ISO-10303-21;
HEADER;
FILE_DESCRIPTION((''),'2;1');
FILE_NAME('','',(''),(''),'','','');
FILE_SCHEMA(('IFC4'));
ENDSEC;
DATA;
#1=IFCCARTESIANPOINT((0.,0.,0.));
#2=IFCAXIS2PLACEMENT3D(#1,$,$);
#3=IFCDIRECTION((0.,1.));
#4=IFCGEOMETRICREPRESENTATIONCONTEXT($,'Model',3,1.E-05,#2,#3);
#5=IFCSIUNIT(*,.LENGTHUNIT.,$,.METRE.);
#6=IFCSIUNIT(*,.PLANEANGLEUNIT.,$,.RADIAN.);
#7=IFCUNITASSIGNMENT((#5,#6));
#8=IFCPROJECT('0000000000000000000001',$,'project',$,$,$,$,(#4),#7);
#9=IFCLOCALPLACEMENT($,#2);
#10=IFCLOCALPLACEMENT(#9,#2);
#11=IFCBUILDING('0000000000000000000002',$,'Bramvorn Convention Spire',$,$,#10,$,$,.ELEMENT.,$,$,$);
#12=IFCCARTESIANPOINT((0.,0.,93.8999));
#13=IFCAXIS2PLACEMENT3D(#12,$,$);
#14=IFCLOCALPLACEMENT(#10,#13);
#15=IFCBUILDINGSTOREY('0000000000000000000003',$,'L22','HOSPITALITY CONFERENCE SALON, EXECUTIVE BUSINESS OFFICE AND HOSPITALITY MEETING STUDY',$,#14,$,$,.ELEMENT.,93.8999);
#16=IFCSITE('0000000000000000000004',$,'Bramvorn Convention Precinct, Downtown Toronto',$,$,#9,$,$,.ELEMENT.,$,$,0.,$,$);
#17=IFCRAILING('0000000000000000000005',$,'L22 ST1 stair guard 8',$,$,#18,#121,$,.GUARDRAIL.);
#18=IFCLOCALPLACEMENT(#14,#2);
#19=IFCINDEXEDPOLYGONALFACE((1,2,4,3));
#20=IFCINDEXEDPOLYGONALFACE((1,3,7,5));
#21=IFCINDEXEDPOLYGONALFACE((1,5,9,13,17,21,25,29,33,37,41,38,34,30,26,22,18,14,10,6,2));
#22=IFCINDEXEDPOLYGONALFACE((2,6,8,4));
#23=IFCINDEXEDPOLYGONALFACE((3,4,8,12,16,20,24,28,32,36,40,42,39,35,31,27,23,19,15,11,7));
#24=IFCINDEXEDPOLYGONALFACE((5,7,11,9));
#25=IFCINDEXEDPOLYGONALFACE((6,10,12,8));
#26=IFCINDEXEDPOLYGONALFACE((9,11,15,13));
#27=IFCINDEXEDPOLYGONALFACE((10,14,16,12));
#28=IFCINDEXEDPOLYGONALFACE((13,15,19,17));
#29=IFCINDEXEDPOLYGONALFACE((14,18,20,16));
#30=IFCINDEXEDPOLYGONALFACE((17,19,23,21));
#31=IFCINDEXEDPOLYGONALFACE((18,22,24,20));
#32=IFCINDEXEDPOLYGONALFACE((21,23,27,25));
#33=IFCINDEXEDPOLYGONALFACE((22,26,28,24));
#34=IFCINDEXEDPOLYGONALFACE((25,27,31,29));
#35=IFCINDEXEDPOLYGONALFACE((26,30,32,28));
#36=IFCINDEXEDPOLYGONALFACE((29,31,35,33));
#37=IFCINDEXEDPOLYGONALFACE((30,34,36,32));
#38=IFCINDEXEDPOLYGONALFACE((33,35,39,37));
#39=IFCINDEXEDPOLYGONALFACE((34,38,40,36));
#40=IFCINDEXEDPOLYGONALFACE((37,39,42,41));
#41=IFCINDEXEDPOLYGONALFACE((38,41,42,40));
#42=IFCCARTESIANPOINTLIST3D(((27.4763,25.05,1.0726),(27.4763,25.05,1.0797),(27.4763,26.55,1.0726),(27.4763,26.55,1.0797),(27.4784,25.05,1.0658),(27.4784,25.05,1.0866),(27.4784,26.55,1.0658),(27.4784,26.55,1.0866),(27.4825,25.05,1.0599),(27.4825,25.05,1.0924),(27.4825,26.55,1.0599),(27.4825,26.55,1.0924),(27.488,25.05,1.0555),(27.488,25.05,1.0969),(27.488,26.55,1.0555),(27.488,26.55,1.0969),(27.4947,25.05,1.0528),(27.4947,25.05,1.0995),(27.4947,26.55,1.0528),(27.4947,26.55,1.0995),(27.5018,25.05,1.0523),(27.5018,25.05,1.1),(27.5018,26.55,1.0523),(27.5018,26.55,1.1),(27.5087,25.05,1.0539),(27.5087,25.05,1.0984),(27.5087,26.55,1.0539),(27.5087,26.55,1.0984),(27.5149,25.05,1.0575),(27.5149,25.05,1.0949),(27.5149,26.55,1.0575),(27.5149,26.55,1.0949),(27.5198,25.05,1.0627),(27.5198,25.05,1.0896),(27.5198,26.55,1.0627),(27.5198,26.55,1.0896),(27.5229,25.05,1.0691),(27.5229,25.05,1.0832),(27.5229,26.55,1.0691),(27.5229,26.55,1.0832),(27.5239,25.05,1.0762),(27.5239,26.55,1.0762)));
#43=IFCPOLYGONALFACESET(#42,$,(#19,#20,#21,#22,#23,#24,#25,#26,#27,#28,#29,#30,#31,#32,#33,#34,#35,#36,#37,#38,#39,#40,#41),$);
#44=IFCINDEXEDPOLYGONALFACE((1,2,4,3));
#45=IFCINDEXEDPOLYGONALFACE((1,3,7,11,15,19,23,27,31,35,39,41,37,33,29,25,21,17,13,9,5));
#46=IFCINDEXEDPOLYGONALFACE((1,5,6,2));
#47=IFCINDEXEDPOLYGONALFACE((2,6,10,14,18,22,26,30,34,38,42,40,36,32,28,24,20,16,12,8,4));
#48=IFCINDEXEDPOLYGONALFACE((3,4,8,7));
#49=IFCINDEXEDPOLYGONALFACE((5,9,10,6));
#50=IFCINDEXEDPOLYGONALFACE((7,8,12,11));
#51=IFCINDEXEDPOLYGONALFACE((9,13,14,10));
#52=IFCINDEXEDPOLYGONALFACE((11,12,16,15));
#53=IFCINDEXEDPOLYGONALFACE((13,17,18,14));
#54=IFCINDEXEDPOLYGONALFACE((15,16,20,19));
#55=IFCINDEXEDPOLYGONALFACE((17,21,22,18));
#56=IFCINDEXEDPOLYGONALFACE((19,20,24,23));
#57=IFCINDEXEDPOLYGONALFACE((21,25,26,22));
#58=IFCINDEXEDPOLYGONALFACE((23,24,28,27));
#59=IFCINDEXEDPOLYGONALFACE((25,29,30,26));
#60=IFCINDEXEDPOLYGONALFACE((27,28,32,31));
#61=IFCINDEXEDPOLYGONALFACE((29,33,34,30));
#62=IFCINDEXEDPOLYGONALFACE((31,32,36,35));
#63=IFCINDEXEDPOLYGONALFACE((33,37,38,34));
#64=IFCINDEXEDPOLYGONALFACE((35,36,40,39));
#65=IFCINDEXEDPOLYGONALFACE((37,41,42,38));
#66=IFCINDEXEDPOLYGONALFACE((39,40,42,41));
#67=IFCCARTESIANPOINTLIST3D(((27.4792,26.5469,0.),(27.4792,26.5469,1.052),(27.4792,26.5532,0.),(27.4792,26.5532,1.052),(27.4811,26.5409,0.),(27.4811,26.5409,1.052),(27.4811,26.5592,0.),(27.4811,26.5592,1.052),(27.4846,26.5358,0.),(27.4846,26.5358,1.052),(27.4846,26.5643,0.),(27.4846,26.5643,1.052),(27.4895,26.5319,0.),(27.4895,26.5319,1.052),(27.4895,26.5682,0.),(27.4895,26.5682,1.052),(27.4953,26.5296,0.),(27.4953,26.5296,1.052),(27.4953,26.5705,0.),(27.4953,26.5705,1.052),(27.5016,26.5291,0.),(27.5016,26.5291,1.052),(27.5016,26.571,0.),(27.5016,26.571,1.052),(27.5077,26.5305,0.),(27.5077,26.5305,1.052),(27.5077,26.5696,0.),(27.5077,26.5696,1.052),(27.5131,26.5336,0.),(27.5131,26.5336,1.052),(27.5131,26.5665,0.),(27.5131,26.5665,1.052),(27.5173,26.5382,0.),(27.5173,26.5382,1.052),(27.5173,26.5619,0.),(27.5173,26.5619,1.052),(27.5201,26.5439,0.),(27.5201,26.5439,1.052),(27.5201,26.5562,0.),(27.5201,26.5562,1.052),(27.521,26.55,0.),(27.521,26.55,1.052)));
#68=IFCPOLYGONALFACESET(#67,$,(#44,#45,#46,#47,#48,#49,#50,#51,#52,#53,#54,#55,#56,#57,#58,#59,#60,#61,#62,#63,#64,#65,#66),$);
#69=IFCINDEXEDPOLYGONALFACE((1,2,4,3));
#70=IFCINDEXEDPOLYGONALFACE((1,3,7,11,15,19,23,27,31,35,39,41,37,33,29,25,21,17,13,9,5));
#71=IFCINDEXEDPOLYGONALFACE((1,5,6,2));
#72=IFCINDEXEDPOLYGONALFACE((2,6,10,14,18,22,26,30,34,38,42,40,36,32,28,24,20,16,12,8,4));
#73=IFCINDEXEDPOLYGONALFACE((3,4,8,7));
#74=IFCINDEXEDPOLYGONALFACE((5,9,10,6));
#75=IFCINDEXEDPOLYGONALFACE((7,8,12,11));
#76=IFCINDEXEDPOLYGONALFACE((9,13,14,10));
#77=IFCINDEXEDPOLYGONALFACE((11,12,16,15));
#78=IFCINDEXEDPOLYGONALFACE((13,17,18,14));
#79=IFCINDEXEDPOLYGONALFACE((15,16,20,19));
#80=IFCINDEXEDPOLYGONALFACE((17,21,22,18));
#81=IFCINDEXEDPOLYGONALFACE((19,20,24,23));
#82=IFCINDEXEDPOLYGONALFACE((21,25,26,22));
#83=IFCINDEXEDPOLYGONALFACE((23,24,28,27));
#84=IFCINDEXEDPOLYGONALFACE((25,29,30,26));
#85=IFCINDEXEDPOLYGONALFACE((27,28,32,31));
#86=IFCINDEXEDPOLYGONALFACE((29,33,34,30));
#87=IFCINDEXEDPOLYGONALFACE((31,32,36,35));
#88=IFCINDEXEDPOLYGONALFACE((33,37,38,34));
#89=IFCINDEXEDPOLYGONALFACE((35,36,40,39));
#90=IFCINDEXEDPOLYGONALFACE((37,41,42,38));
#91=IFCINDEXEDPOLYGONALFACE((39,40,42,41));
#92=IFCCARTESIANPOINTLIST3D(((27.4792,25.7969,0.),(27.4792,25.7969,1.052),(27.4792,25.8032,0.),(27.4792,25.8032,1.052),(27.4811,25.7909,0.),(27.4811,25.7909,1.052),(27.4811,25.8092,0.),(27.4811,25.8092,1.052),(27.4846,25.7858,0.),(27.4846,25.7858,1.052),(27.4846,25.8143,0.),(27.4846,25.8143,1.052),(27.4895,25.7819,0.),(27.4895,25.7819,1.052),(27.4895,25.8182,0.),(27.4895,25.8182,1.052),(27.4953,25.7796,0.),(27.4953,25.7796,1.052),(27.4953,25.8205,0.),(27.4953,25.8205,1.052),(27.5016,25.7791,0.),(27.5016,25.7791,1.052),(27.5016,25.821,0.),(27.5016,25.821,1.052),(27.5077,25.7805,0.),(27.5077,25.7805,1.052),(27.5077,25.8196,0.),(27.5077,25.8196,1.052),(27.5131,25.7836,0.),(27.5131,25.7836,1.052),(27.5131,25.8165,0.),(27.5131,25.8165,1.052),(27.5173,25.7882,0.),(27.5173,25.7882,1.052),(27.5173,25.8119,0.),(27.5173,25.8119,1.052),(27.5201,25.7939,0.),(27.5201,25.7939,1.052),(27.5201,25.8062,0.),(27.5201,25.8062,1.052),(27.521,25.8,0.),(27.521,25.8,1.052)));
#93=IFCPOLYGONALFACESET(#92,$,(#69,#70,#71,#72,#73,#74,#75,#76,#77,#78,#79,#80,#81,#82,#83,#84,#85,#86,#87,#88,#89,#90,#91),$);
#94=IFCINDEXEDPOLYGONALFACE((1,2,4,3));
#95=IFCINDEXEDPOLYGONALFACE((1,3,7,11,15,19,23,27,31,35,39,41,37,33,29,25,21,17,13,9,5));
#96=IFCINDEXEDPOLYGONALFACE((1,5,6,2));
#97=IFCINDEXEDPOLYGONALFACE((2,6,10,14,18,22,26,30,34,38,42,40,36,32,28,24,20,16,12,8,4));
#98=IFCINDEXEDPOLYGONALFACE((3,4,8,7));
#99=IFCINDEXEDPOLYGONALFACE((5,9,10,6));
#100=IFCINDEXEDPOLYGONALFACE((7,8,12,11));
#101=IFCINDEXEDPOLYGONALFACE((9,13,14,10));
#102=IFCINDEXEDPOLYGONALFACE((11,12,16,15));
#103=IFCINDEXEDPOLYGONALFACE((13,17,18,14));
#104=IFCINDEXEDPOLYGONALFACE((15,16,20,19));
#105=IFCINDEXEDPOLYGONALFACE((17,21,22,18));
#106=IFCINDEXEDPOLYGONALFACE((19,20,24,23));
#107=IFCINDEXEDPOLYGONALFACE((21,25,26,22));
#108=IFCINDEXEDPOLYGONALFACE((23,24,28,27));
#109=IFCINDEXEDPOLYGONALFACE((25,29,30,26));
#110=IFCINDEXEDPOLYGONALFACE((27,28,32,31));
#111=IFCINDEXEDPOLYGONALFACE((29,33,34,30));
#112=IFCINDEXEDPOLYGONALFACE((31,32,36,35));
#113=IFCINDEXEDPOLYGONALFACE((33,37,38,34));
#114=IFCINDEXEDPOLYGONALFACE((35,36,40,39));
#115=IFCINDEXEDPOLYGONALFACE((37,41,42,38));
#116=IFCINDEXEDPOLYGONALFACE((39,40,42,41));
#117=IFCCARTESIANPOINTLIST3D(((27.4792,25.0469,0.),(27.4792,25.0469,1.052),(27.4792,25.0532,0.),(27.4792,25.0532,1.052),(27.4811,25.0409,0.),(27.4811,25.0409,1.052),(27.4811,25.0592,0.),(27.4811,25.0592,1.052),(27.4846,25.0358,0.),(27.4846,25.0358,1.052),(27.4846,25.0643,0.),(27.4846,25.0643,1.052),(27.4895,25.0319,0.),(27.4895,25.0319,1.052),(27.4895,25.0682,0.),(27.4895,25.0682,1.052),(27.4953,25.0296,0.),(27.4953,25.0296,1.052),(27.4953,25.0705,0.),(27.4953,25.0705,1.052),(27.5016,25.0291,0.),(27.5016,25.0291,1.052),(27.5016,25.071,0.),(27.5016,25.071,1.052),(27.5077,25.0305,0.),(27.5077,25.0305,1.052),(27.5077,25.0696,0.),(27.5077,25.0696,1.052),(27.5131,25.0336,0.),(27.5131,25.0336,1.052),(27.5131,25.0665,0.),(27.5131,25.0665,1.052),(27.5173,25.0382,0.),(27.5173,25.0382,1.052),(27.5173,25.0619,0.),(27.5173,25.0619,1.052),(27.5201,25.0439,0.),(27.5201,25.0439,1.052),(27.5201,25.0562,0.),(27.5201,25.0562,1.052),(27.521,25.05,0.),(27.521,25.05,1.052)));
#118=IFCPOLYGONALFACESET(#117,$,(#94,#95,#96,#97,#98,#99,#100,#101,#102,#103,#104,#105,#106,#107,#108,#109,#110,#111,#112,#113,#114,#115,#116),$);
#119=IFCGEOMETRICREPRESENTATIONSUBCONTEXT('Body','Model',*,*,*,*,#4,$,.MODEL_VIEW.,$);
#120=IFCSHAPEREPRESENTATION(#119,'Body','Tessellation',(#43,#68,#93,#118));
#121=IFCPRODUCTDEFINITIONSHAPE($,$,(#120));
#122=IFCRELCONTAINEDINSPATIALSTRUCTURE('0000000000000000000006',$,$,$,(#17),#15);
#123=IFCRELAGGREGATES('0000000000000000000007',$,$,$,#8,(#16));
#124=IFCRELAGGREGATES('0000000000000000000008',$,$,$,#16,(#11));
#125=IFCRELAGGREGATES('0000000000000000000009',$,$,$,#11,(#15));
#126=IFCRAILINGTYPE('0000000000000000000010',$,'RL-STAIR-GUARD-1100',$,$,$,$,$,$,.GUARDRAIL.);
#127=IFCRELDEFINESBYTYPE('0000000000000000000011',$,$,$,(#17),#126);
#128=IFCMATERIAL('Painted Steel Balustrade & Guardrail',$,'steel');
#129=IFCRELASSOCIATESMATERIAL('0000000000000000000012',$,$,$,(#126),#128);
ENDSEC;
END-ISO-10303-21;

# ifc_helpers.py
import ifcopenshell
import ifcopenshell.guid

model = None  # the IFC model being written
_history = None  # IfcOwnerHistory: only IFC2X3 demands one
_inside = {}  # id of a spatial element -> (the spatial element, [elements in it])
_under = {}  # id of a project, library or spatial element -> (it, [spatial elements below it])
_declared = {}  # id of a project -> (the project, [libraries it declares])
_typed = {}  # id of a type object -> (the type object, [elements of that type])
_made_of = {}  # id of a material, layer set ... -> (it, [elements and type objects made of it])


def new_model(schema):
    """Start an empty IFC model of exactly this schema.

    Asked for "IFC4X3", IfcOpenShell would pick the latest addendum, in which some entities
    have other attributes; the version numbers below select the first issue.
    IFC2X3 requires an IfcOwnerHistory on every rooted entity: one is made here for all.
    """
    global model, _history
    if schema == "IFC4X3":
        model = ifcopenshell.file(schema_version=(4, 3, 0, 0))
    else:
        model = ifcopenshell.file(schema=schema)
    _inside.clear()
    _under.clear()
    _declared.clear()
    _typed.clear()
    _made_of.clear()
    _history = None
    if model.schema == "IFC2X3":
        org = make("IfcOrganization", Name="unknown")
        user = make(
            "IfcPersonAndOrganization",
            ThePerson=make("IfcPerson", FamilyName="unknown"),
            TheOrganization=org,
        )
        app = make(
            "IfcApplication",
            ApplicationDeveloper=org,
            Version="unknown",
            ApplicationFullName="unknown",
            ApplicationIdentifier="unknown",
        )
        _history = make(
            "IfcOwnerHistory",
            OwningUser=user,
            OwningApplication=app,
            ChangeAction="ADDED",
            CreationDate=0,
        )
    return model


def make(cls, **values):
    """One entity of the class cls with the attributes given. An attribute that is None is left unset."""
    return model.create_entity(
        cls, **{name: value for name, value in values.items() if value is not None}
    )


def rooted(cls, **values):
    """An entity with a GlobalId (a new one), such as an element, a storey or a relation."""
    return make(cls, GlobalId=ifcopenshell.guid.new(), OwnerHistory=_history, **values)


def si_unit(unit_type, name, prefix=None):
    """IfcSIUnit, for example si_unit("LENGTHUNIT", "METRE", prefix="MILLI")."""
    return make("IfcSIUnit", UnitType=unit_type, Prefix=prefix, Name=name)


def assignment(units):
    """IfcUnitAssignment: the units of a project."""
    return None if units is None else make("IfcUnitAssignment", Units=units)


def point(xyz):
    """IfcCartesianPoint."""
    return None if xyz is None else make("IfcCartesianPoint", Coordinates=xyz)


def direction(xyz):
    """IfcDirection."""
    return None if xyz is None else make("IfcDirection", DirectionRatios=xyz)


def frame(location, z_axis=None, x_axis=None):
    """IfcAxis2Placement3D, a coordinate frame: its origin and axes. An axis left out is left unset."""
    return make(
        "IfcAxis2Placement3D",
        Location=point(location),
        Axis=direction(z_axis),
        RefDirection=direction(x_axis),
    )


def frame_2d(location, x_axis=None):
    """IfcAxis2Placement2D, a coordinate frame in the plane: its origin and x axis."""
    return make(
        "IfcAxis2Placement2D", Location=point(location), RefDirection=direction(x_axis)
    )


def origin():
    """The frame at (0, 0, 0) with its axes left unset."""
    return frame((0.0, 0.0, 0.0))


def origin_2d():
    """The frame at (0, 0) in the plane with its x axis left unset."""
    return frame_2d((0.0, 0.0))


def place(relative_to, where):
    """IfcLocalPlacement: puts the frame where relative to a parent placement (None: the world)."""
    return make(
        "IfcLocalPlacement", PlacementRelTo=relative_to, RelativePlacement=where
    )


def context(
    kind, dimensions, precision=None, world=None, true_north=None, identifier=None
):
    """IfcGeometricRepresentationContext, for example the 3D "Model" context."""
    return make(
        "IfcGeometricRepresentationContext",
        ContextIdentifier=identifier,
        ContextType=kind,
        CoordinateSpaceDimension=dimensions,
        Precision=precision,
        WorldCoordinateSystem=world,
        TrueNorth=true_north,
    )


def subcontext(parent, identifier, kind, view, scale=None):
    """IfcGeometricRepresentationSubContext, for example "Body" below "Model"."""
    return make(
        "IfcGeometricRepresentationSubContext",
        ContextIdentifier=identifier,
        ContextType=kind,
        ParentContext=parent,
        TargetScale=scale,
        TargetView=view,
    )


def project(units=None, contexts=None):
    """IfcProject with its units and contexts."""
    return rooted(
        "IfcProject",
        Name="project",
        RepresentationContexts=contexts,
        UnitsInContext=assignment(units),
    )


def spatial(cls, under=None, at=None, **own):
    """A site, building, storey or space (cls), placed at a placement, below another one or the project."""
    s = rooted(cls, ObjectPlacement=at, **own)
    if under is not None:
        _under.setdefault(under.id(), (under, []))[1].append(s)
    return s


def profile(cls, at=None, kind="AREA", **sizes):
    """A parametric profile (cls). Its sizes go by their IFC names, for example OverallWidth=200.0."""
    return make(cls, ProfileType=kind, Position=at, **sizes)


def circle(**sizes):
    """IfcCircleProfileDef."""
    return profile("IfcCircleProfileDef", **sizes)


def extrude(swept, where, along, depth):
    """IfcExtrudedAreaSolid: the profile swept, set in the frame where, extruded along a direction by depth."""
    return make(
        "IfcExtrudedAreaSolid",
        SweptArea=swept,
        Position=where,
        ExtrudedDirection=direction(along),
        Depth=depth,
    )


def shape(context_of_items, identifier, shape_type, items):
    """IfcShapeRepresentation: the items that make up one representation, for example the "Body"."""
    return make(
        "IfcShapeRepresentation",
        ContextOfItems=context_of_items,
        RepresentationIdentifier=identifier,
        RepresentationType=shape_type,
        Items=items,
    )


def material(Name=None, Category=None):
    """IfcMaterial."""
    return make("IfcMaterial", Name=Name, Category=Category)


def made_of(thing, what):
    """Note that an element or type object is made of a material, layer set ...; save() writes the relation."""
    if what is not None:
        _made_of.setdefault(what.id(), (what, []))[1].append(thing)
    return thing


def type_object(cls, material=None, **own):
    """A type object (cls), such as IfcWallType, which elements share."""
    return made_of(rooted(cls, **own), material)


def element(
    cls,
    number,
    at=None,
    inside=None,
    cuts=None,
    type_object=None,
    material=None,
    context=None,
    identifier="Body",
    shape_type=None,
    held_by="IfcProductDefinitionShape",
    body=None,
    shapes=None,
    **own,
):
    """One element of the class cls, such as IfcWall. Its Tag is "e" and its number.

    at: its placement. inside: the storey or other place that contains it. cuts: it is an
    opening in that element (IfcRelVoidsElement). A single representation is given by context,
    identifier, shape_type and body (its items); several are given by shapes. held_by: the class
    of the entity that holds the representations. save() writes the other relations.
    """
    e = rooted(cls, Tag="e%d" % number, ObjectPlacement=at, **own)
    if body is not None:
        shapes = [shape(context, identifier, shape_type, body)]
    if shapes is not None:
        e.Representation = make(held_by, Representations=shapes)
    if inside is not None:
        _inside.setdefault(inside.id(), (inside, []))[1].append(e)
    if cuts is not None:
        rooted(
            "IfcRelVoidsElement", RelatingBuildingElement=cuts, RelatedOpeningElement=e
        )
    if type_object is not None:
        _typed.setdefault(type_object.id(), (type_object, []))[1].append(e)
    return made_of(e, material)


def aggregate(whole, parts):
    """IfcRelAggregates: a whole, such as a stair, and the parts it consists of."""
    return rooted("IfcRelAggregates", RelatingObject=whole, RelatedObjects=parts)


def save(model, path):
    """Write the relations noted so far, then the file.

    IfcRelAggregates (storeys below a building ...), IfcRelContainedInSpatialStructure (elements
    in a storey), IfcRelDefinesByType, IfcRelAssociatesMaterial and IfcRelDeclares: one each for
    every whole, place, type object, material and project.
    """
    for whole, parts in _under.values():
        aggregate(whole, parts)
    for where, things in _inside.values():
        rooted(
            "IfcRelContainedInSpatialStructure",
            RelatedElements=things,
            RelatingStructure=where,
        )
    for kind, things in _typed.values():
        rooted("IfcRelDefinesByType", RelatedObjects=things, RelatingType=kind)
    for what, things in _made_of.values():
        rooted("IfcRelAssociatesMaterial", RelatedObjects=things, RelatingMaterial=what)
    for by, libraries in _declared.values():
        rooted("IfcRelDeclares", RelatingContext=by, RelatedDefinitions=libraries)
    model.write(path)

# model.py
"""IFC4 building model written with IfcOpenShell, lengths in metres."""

from ifc_helpers import new_model, si_unit, direction, frame, origin, origin_2d, place, context, subcontext, project, spatial, circle, extrude, material, type_object, element, save


model = new_model("IFC4")

# Units and contexts
model_context = context("Model", 3, precision=1e-05, world=origin(), true_north=direction((0.0, 1.0)))
body_context = subcontext(model_context, "Body", "Model", "MODEL_VIEW")
ifc_project = project(units=[si_unit("LENGTHUNIT", "METRE"), si_unit("PLANEANGLEUNIT", "RADIAN")], contexts=[model_context])

# Site, building, storey
site_placement = place(None, origin())
site = spatial("IfcSite", under=ifc_project, at=site_placement, Name="Bramvorn Convention Precinct, Downtown Toronto", CompositionType="ELEMENT", RefElevation=0.0)
building_placement = place(site_placement, origin())
building = spatial("IfcBuilding", under=site, at=building_placement, Name="Bramvorn Convention Spire", CompositionType="ELEMENT")
storey_placement = place(building_placement, frame((0.0, 0.0, 93.8999)))
storey = spatial("IfcBuildingStorey", under=building, at=storey_placement, Name="L22", Description="HOSPITALITY CONFERENCE SALON, EXECUTIVE BUSINESS OFFICE AND HOSPITALITY MEETING STUDY", CompositionType="ELEMENT", Elevation=93.8999)

# Railing
ifc_material_1 = material(Name="Painted Steel Balustrade & Guardrail", Category="steel")
railing_type_1 = type_object("IfcRailingType", Name="RL-STAIR-GUARD-1100", PredefinedType="GUARDRAIL", material=ifc_material_1)
railing_1_placement = place(storey_placement, frame((27.5, 26.55, 0.0)))
element("IfcRailing", 1, at=railing_1_placement, inside=storey, type_object=railing_type_1, Name="L22 ST1 stair guard 8", PredefinedType="GUARDRAIL", context=body_context, shape_type="SweptSolid", body=[
    extrude(circle(Radius=0.0239, at=origin_2d()), frame((0.0, 0.0, 1.0762), z_axis=(0.0, -1.0, 0.0), x_axis=(1.0, 0.0, 0.0)), (0.0, 0.0, 1.0), 1.5),
    extrude(circle(Radius=0.021, at=origin_2d()), origin(), (0.0, 0.0, 1.0), 1.052),
    extrude(circle(Radius=0.021, at=origin_2d()), frame((0.0, -0.75, 0.0)), (0.0, 0.0, 1.0), 1.052),
    extrude(circle(Radius=0.021, at=origin_2d()), frame((0.0, -1.5, 0.0)), (0.0, 0.0, 1.0), 1.052),
])

save(model, "model.ifc")
